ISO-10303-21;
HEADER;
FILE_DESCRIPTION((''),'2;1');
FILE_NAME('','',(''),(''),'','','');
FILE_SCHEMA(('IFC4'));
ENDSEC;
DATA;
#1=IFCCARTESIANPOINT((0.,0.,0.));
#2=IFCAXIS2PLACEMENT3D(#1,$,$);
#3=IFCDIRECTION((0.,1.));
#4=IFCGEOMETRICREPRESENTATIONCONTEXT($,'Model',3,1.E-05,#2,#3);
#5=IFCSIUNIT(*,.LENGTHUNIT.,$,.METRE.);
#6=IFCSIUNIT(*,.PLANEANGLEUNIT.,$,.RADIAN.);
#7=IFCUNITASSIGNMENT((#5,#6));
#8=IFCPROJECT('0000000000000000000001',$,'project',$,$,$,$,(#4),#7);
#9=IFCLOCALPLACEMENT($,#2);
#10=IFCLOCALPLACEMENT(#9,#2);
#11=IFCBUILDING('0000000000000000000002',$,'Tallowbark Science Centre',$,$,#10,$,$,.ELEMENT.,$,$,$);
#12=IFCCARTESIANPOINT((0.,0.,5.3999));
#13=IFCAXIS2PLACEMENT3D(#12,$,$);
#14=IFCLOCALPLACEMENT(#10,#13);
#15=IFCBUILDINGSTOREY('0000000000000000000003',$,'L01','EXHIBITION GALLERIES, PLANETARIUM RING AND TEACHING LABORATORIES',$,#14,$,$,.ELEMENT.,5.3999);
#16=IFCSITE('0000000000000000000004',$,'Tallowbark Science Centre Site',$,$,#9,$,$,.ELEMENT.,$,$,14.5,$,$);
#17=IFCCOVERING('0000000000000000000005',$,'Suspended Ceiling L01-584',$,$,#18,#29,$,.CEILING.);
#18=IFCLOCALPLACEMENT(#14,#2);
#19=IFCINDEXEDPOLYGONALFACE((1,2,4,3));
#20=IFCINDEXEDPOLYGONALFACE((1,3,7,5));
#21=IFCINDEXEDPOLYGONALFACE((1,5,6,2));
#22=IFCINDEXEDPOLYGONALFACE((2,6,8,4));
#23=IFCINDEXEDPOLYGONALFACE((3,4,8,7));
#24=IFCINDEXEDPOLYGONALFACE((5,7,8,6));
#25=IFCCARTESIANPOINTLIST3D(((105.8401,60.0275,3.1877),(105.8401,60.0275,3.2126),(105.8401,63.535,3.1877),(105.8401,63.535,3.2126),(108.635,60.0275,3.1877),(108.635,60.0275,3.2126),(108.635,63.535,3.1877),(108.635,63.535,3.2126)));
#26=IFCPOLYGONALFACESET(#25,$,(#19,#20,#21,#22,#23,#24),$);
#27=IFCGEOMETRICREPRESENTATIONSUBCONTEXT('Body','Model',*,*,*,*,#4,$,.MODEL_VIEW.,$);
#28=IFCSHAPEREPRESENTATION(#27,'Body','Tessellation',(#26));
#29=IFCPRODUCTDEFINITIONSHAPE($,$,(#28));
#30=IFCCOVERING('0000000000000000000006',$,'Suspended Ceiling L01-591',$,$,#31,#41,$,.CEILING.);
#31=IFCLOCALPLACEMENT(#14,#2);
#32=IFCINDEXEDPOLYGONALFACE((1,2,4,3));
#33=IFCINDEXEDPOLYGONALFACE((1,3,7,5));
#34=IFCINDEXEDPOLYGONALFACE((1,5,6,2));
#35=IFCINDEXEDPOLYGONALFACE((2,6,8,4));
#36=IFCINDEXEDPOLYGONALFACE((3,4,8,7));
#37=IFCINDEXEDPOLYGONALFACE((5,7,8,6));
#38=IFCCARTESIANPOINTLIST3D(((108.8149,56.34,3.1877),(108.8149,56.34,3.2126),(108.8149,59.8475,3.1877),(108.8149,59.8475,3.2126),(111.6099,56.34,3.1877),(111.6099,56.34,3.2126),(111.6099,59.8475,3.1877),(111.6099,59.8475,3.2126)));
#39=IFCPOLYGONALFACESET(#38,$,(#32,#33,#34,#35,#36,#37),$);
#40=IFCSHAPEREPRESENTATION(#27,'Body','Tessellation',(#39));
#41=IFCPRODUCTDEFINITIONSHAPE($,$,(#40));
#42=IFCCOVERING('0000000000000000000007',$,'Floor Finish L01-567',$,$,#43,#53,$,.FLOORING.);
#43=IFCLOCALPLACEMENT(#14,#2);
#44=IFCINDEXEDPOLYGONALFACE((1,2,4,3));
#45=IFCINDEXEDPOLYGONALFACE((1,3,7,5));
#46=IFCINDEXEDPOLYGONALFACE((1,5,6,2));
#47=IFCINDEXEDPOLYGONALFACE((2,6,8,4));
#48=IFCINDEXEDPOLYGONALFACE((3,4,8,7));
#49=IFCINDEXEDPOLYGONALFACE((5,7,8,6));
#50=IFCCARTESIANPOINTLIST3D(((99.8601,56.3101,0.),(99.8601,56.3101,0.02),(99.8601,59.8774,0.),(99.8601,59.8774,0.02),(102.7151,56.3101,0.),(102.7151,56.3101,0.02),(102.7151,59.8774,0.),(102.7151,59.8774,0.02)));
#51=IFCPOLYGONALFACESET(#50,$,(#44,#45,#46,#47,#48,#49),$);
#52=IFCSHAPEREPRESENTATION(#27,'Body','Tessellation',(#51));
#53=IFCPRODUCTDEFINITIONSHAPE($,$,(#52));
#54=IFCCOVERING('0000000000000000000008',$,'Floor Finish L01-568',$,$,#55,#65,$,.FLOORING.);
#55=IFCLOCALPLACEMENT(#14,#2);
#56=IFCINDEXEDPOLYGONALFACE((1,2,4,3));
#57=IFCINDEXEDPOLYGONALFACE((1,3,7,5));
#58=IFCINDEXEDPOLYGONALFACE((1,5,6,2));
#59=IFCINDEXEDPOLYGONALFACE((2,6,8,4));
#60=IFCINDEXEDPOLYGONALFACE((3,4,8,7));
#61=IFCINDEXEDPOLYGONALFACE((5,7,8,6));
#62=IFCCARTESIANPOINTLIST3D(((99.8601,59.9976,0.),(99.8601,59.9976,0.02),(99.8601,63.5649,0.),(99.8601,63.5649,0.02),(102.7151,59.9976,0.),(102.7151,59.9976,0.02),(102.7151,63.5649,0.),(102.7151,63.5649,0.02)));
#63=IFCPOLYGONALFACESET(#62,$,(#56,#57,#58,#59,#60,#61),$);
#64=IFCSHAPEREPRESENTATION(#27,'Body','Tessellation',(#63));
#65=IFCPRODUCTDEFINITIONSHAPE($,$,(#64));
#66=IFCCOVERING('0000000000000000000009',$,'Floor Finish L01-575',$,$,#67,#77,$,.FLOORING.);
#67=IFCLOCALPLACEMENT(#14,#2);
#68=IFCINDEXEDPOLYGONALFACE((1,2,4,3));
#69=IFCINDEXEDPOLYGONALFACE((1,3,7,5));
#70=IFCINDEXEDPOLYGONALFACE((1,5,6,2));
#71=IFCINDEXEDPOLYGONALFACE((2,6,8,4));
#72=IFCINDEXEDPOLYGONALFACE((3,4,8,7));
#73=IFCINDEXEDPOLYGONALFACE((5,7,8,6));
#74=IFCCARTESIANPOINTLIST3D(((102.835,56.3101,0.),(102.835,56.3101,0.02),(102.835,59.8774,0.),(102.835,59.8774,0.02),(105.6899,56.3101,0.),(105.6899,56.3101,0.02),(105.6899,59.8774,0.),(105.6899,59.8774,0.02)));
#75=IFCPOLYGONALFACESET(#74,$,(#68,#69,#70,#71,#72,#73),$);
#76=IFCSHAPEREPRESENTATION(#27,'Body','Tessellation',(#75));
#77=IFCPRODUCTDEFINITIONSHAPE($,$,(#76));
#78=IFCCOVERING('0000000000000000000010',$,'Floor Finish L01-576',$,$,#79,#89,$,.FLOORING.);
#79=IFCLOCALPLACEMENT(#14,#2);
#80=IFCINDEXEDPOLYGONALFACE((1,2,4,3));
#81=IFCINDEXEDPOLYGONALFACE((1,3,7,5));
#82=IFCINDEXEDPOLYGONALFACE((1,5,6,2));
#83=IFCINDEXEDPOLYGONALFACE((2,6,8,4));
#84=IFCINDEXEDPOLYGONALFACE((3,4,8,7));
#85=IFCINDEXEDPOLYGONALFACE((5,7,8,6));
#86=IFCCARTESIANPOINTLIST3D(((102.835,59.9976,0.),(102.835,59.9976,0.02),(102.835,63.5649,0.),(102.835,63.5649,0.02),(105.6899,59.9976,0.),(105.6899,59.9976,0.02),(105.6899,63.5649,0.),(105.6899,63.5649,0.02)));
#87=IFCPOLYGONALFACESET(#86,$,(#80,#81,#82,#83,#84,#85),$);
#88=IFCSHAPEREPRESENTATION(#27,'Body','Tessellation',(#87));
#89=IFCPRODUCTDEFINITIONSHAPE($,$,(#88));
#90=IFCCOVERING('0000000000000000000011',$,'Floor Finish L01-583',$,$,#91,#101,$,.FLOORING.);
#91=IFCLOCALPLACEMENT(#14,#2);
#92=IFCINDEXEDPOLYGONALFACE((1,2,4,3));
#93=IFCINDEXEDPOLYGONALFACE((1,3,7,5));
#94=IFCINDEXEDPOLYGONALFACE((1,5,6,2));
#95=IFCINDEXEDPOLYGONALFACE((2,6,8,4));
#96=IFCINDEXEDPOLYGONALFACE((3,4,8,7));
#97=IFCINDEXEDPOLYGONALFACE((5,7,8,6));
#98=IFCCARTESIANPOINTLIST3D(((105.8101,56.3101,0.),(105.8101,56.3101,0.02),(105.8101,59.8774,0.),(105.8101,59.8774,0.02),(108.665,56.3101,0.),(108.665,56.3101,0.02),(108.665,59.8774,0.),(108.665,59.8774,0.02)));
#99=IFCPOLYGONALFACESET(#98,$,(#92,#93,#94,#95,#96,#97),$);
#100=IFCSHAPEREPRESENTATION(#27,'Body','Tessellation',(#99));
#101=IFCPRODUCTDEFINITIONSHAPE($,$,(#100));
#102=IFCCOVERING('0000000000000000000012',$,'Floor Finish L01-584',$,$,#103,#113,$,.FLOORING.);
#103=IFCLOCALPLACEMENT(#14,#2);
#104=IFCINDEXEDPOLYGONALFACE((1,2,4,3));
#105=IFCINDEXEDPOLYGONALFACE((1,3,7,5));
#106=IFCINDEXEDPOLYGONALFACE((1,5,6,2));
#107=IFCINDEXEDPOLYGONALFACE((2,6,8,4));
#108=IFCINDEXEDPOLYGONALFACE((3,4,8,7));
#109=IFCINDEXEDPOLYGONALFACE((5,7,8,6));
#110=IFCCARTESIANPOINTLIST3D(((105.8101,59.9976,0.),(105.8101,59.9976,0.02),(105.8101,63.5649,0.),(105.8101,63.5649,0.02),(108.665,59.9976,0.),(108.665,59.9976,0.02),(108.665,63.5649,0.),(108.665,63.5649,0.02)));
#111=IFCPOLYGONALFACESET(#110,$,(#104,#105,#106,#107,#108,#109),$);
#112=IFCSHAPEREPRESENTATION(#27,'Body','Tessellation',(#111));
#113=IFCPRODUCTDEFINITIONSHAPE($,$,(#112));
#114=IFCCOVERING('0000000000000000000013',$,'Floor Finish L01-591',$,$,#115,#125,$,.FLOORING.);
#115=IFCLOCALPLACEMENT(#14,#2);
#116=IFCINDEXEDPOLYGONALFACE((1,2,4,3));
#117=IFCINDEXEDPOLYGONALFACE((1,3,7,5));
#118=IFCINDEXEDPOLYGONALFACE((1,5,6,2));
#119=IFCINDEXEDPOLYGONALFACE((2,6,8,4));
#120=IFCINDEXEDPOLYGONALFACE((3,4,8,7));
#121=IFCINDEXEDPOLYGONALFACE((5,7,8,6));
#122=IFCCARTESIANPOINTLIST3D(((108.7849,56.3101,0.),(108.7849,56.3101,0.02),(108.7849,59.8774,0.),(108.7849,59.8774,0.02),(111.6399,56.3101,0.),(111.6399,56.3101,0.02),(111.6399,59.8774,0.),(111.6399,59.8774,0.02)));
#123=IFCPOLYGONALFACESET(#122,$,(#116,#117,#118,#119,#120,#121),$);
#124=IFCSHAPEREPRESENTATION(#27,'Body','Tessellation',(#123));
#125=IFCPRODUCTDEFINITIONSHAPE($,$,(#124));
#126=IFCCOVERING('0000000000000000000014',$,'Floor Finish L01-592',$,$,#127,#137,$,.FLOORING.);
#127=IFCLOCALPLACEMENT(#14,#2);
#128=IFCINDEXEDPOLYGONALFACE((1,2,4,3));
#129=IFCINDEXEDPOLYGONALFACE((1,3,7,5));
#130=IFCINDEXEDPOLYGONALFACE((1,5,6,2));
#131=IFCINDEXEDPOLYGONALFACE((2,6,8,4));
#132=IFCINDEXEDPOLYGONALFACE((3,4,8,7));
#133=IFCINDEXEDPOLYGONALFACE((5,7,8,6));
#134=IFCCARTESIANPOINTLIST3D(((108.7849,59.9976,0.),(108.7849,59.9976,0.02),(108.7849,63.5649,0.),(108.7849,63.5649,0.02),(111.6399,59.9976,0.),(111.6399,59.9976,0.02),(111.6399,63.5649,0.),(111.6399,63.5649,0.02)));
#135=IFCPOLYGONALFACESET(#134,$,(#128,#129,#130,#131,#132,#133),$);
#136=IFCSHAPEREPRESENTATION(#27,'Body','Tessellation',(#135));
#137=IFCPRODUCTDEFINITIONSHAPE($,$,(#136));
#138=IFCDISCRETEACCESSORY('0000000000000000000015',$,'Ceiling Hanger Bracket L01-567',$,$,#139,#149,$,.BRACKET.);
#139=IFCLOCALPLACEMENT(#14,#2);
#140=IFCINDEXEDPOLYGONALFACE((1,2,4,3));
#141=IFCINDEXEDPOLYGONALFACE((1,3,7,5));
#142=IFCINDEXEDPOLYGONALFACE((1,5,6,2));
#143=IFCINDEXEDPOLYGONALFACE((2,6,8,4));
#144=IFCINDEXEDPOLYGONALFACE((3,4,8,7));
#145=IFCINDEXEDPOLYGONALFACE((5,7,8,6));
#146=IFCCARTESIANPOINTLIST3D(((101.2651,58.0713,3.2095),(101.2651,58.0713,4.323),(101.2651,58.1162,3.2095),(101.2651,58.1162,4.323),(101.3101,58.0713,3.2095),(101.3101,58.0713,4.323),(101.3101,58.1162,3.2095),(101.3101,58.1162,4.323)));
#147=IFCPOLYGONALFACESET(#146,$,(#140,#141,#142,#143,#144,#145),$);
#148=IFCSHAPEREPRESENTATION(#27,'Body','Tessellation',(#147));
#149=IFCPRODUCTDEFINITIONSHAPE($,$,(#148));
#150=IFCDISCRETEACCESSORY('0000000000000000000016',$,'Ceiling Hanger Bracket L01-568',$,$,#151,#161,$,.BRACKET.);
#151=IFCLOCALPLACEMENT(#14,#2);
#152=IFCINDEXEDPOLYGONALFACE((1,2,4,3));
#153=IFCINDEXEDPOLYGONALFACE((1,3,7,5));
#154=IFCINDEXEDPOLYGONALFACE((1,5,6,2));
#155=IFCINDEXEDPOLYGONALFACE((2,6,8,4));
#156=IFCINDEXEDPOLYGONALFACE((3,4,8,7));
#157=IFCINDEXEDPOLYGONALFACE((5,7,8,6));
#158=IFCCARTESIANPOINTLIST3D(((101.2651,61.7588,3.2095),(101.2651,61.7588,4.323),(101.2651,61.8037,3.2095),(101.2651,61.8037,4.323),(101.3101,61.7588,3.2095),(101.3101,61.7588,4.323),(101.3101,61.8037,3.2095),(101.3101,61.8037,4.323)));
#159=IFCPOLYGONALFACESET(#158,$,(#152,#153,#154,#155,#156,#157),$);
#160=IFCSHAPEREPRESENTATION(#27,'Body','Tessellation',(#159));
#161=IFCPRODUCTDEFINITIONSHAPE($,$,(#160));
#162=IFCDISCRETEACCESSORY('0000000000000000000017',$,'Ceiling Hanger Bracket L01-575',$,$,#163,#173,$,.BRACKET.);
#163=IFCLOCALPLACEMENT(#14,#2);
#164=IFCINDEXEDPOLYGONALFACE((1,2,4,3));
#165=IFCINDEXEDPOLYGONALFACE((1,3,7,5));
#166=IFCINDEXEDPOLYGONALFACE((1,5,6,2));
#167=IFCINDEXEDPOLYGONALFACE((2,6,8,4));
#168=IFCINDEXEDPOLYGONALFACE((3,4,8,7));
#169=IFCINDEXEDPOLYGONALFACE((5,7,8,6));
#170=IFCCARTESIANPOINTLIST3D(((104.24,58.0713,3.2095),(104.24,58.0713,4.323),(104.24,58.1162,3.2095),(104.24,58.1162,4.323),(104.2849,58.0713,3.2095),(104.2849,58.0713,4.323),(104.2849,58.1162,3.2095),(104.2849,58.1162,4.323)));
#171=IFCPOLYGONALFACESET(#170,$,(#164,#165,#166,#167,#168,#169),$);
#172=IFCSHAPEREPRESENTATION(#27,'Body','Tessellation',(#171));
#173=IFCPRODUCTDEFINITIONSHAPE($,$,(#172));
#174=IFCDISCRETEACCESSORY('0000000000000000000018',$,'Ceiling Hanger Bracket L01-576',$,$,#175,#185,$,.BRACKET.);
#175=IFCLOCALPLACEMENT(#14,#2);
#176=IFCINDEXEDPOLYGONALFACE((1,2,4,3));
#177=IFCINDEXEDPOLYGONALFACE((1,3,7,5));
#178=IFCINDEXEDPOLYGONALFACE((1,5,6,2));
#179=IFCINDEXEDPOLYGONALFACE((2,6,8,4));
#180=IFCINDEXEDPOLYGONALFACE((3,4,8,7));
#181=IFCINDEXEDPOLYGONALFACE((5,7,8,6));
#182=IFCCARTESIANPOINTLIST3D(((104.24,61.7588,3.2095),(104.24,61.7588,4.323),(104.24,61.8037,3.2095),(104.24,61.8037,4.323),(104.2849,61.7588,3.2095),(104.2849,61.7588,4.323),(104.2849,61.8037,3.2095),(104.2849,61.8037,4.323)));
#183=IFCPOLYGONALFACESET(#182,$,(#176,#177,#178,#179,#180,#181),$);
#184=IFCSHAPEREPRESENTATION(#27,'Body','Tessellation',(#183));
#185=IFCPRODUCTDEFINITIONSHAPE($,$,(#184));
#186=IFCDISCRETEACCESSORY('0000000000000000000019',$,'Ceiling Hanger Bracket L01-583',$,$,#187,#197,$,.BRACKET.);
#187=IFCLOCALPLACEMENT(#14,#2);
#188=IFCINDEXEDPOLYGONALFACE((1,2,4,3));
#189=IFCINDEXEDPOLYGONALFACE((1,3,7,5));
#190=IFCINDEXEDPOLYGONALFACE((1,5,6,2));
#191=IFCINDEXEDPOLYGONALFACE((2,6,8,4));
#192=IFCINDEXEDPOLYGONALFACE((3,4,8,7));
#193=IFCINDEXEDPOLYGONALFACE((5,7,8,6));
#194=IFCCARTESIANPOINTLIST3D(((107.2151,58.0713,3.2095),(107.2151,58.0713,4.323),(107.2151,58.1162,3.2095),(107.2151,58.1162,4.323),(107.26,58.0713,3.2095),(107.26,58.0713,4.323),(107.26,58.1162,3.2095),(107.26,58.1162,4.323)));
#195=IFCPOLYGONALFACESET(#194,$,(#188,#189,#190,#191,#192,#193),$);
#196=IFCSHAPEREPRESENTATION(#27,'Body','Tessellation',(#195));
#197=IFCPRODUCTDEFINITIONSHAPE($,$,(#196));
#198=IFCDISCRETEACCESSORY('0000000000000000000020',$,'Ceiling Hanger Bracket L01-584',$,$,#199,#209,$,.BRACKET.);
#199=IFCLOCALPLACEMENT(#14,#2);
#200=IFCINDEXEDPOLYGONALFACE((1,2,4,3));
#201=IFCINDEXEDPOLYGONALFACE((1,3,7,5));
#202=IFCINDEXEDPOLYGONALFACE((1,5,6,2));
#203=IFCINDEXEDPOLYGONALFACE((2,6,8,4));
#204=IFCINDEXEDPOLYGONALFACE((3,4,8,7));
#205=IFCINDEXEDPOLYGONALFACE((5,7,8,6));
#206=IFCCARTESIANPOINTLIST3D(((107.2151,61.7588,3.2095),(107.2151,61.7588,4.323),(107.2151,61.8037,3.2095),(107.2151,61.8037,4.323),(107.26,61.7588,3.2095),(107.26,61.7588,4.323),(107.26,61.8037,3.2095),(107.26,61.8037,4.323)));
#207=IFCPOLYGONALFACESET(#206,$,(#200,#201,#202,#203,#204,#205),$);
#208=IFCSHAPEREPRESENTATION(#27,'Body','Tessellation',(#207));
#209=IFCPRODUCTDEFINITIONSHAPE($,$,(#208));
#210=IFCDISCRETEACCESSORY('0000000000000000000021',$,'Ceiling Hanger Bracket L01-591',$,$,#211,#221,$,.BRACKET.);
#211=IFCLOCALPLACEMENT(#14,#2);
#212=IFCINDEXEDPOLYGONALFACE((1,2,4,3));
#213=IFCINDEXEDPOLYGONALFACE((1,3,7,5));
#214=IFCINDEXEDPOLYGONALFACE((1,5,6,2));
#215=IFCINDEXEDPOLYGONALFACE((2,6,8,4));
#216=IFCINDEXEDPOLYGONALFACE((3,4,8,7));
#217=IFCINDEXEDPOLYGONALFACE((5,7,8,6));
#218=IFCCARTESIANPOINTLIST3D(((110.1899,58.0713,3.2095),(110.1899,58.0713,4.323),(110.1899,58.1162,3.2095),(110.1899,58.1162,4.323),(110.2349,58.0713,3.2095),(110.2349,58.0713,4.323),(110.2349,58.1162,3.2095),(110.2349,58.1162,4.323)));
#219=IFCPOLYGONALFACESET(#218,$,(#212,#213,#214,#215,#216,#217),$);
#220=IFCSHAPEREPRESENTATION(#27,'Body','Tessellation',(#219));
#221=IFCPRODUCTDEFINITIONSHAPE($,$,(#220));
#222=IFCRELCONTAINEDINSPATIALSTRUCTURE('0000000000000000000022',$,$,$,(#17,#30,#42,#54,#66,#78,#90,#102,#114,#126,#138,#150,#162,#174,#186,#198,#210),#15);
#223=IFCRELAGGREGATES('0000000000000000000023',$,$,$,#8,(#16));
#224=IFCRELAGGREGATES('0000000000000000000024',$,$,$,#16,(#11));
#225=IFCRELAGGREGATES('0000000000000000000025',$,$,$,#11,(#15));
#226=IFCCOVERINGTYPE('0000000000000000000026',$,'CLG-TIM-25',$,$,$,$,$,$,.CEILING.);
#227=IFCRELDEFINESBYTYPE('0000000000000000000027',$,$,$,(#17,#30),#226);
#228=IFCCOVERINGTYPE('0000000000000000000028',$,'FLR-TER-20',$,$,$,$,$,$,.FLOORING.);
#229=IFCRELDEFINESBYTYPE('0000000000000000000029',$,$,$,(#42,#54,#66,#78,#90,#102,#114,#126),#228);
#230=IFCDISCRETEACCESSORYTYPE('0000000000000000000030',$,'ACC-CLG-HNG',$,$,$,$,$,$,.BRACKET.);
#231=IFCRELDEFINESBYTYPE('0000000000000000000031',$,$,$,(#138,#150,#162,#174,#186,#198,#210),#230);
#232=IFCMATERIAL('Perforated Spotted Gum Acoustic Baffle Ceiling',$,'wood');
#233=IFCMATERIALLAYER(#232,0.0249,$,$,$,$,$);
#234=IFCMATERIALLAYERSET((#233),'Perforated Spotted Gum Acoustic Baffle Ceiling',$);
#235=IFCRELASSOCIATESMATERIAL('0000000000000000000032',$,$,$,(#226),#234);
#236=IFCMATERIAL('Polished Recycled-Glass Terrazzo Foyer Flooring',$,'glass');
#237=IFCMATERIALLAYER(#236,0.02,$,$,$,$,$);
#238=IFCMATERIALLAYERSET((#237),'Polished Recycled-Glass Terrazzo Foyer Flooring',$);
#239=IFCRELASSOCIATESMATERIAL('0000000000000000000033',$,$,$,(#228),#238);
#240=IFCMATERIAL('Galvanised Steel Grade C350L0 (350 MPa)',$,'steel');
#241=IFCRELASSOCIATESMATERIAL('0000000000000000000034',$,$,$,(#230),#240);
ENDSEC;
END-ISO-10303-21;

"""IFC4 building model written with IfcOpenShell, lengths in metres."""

from ifc_helpers import new_model, si_unit, direction, frame, origin, origin_2d, place, context, subcontext, project, spatial, rectangle, extrude, material, layer, layer_set, type_object, element, save


model = new_model("IFC4")

# Units and contexts
model_context = context("Model", 3, precision=1e-05, world=origin(), true_north=direction((0.0, 1.0)))
body_context = subcontext(model_context, "Body", "Model", "MODEL_VIEW")
ifc_project = project(units=[si_unit("LENGTHUNIT", "METRE"), si_unit("PLANEANGLEUNIT", "RADIAN")], contexts=[model_context])

# Site, building, storey
site_placement = place(None, origin())
site = spatial("IfcSite", under=ifc_project, at=site_placement, Name="Tallowbark Science Centre Site", CompositionType="ELEMENT", RefElevation=14.5)
building_placement = place(site_placement, origin())
building = spatial("IfcBuilding", under=site, at=building_placement, Name="Tallowbark Science Centre", CompositionType="ELEMENT")
storey_placement = place(building_placement, frame((0.0, 0.0, 5.3999)))
storey = spatial("IfcBuildingStorey", under=building, at=storey_placement, Name="L01", Description="EXHIBITION GALLERIES, PLANETARIUM RING AND TEACHING LABORATORIES", CompositionType="ELEMENT", Elevation=5.3999)

# Coverings
ifc_material_1 = material(Name="Perforated Spotted Gum Acoustic Baffle Ceiling", Category="wood")
ifc_layer_1 = layer(ifc_material_1, 0.0249)
ifc_layer_set_1 = layer_set([ifc_layer_1], Name="Perforated Spotted Gum Acoustic Baffle Ceiling")
covering_type_1 = type_object("IfcCoveringType", Name="CLG-TIM-25", PredefinedType="CEILING", material=ifc_layer_set_1)
for number, where, z_axis, x_axis, name in (
    (1, (107.2375, 61.7812, 3.1877), (0.0, 0.0, 1.0), (1.0, 0.0, 0.0), "Suspended Ceiling L01-584"),
    (2, (110.2124, 58.0938, 3.1877), (0.0, 0.0, 1.0), (1.0, 0.0, 0.0), "Suspended Ceiling L01-591"),
):
    element("IfcCovering", number, at=place(storey_placement, frame(where, z_axis=z_axis, x_axis=x_axis)), inside=storey, type_object=covering_type_1, Name=name, PredefinedType="CEILING", context=body_context, shape_type="SweptSolid", body=[
        extrude(rectangle(XDim=2.7949, YDim=3.5076, at=origin_2d()), origin(), (0.0, 0.0, 1.0), 0.0249),
    ])
ifc_material_2 = material(Name="Polished Recycled-Glass Terrazzo Foyer Flooring", Category="glass")
ifc_layer_2 = layer(ifc_material_2, 0.02)
ifc_layer_set_2 = layer_set([ifc_layer_2], Name="Polished Recycled-Glass Terrazzo Foyer Flooring")
covering_type_2 = type_object("IfcCoveringType", Name="FLR-TER-20", PredefinedType="FLOORING", material=ifc_layer_set_2)
for number, where, z_axis, x_axis, name in (
    (3, (101.2876, 58.0938, 0.0), (0.0, 0.0, 1.0), (1.0, 0.0, 0.0), "Floor Finish L01-567"),
    (4, (101.2876, 61.7812, 0.0), (0.0, 0.0, 1.0), (1.0, 0.0, 0.0), "Floor Finish L01-568"),
    (5, (104.2625, 58.0938, 0.0), (0.0, 0.0, 1.0), (1.0, 0.0, 0.0), "Floor Finish L01-575"),
    (6, (104.2625, 61.7812, 0.0), (0.0, 0.0, 1.0), (1.0, 0.0, 0.0), "Floor Finish L01-576"),
    (7, (107.2375, 58.0938, 0.0), (0.0, 0.0, 1.0), (1.0, 0.0, 0.0), "Floor Finish L01-583"),
    (8, (107.2375, 61.7812, 0.0), (0.0, 0.0, 1.0), (1.0, 0.0, 0.0), "Floor Finish L01-584"),
    (9, (110.2124, 58.0938, 0.0), (0.0, 0.0, 1.0), (1.0, 0.0, 0.0), "Floor Finish L01-591"),
    (10, (110.2124, 61.7812, 0.0), (0.0, 0.0, 1.0), (1.0, 0.0, 0.0), "Floor Finish L01-592"),
):
    element("IfcCovering", number, at=place(storey_placement, frame(where, z_axis=z_axis, x_axis=x_axis)), inside=storey, type_object=covering_type_2, Name=name, PredefinedType="FLOORING", context=body_context, shape_type="SweptSolid", body=[
        extrude(rectangle(XDim=2.855, YDim=3.5674, at=origin_2d()), origin(), (0.0, 0.0, 1.0), 0.02),
    ])

# Discrete accessories
ifc_material_3 = material(Name="Galvanised Steel Grade C350L0 (350 MPa)", Category="steel")
discrete_accessory_type = type_object("IfcDiscreteAccessoryType", Name="ACC-CLG-HNG", PredefinedType="BRACKET", material=ifc_material_3)
for number, where, z_axis, x_axis, name in (
    (11, (101.2876, 58.0938, 3.2095), (0.0, 0.0, 1.0), (1.0, 0.0, 0.0), "Ceiling Hanger Bracket L01-567"),
    (12, (101.2876, 61.7812, 3.2095), (0.0, 0.0, 1.0), (1.0, 0.0, 0.0), "Ceiling Hanger Bracket L01-568"),
    (13, (104.2625, 58.0938, 3.2095), (0.0, 0.0, 1.0), (1.0, 0.0, 0.0), "Ceiling Hanger Bracket L01-575"),
    (14, (104.2625, 61.7812, 3.2095), (0.0, 0.0, 1.0), (1.0, 0.0, 0.0), "Ceiling Hanger Bracket L01-576"),
    (15, (107.2375, 58.0938, 3.2095), (0.0, 0.0, 1.0), (1.0, 0.0, 0.0), "Ceiling Hanger Bracket L01-583"),
    (16, (107.2375, 61.7812, 3.2095), (0.0, 0.0, 1.0), (1.0, 0.0, 0.0), "Ceiling Hanger Bracket L01-584"),
    (17, (110.2124, 58.0938, 3.2095), (0.0, 0.0, 1.0), (1.0, 0.0, 0.0), "Ceiling Hanger Bracket L01-591"),
):
    element("IfcDiscreteAccessory", number, at=place(storey_placement, frame(where, z_axis=z_axis, x_axis=x_axis)), inside=storey, type_object=discrete_accessory_type, Name=name, PredefinedType="BRACKET", context=body_context, shape_type="SweptSolid", body=[
        extrude(rectangle(XDim=0.0449, YDim=0.0449, at=origin_2d()), origin(), (0.0, 0.0, 1.0), 1.1135),
    ])

save(model, "model.ifc")
